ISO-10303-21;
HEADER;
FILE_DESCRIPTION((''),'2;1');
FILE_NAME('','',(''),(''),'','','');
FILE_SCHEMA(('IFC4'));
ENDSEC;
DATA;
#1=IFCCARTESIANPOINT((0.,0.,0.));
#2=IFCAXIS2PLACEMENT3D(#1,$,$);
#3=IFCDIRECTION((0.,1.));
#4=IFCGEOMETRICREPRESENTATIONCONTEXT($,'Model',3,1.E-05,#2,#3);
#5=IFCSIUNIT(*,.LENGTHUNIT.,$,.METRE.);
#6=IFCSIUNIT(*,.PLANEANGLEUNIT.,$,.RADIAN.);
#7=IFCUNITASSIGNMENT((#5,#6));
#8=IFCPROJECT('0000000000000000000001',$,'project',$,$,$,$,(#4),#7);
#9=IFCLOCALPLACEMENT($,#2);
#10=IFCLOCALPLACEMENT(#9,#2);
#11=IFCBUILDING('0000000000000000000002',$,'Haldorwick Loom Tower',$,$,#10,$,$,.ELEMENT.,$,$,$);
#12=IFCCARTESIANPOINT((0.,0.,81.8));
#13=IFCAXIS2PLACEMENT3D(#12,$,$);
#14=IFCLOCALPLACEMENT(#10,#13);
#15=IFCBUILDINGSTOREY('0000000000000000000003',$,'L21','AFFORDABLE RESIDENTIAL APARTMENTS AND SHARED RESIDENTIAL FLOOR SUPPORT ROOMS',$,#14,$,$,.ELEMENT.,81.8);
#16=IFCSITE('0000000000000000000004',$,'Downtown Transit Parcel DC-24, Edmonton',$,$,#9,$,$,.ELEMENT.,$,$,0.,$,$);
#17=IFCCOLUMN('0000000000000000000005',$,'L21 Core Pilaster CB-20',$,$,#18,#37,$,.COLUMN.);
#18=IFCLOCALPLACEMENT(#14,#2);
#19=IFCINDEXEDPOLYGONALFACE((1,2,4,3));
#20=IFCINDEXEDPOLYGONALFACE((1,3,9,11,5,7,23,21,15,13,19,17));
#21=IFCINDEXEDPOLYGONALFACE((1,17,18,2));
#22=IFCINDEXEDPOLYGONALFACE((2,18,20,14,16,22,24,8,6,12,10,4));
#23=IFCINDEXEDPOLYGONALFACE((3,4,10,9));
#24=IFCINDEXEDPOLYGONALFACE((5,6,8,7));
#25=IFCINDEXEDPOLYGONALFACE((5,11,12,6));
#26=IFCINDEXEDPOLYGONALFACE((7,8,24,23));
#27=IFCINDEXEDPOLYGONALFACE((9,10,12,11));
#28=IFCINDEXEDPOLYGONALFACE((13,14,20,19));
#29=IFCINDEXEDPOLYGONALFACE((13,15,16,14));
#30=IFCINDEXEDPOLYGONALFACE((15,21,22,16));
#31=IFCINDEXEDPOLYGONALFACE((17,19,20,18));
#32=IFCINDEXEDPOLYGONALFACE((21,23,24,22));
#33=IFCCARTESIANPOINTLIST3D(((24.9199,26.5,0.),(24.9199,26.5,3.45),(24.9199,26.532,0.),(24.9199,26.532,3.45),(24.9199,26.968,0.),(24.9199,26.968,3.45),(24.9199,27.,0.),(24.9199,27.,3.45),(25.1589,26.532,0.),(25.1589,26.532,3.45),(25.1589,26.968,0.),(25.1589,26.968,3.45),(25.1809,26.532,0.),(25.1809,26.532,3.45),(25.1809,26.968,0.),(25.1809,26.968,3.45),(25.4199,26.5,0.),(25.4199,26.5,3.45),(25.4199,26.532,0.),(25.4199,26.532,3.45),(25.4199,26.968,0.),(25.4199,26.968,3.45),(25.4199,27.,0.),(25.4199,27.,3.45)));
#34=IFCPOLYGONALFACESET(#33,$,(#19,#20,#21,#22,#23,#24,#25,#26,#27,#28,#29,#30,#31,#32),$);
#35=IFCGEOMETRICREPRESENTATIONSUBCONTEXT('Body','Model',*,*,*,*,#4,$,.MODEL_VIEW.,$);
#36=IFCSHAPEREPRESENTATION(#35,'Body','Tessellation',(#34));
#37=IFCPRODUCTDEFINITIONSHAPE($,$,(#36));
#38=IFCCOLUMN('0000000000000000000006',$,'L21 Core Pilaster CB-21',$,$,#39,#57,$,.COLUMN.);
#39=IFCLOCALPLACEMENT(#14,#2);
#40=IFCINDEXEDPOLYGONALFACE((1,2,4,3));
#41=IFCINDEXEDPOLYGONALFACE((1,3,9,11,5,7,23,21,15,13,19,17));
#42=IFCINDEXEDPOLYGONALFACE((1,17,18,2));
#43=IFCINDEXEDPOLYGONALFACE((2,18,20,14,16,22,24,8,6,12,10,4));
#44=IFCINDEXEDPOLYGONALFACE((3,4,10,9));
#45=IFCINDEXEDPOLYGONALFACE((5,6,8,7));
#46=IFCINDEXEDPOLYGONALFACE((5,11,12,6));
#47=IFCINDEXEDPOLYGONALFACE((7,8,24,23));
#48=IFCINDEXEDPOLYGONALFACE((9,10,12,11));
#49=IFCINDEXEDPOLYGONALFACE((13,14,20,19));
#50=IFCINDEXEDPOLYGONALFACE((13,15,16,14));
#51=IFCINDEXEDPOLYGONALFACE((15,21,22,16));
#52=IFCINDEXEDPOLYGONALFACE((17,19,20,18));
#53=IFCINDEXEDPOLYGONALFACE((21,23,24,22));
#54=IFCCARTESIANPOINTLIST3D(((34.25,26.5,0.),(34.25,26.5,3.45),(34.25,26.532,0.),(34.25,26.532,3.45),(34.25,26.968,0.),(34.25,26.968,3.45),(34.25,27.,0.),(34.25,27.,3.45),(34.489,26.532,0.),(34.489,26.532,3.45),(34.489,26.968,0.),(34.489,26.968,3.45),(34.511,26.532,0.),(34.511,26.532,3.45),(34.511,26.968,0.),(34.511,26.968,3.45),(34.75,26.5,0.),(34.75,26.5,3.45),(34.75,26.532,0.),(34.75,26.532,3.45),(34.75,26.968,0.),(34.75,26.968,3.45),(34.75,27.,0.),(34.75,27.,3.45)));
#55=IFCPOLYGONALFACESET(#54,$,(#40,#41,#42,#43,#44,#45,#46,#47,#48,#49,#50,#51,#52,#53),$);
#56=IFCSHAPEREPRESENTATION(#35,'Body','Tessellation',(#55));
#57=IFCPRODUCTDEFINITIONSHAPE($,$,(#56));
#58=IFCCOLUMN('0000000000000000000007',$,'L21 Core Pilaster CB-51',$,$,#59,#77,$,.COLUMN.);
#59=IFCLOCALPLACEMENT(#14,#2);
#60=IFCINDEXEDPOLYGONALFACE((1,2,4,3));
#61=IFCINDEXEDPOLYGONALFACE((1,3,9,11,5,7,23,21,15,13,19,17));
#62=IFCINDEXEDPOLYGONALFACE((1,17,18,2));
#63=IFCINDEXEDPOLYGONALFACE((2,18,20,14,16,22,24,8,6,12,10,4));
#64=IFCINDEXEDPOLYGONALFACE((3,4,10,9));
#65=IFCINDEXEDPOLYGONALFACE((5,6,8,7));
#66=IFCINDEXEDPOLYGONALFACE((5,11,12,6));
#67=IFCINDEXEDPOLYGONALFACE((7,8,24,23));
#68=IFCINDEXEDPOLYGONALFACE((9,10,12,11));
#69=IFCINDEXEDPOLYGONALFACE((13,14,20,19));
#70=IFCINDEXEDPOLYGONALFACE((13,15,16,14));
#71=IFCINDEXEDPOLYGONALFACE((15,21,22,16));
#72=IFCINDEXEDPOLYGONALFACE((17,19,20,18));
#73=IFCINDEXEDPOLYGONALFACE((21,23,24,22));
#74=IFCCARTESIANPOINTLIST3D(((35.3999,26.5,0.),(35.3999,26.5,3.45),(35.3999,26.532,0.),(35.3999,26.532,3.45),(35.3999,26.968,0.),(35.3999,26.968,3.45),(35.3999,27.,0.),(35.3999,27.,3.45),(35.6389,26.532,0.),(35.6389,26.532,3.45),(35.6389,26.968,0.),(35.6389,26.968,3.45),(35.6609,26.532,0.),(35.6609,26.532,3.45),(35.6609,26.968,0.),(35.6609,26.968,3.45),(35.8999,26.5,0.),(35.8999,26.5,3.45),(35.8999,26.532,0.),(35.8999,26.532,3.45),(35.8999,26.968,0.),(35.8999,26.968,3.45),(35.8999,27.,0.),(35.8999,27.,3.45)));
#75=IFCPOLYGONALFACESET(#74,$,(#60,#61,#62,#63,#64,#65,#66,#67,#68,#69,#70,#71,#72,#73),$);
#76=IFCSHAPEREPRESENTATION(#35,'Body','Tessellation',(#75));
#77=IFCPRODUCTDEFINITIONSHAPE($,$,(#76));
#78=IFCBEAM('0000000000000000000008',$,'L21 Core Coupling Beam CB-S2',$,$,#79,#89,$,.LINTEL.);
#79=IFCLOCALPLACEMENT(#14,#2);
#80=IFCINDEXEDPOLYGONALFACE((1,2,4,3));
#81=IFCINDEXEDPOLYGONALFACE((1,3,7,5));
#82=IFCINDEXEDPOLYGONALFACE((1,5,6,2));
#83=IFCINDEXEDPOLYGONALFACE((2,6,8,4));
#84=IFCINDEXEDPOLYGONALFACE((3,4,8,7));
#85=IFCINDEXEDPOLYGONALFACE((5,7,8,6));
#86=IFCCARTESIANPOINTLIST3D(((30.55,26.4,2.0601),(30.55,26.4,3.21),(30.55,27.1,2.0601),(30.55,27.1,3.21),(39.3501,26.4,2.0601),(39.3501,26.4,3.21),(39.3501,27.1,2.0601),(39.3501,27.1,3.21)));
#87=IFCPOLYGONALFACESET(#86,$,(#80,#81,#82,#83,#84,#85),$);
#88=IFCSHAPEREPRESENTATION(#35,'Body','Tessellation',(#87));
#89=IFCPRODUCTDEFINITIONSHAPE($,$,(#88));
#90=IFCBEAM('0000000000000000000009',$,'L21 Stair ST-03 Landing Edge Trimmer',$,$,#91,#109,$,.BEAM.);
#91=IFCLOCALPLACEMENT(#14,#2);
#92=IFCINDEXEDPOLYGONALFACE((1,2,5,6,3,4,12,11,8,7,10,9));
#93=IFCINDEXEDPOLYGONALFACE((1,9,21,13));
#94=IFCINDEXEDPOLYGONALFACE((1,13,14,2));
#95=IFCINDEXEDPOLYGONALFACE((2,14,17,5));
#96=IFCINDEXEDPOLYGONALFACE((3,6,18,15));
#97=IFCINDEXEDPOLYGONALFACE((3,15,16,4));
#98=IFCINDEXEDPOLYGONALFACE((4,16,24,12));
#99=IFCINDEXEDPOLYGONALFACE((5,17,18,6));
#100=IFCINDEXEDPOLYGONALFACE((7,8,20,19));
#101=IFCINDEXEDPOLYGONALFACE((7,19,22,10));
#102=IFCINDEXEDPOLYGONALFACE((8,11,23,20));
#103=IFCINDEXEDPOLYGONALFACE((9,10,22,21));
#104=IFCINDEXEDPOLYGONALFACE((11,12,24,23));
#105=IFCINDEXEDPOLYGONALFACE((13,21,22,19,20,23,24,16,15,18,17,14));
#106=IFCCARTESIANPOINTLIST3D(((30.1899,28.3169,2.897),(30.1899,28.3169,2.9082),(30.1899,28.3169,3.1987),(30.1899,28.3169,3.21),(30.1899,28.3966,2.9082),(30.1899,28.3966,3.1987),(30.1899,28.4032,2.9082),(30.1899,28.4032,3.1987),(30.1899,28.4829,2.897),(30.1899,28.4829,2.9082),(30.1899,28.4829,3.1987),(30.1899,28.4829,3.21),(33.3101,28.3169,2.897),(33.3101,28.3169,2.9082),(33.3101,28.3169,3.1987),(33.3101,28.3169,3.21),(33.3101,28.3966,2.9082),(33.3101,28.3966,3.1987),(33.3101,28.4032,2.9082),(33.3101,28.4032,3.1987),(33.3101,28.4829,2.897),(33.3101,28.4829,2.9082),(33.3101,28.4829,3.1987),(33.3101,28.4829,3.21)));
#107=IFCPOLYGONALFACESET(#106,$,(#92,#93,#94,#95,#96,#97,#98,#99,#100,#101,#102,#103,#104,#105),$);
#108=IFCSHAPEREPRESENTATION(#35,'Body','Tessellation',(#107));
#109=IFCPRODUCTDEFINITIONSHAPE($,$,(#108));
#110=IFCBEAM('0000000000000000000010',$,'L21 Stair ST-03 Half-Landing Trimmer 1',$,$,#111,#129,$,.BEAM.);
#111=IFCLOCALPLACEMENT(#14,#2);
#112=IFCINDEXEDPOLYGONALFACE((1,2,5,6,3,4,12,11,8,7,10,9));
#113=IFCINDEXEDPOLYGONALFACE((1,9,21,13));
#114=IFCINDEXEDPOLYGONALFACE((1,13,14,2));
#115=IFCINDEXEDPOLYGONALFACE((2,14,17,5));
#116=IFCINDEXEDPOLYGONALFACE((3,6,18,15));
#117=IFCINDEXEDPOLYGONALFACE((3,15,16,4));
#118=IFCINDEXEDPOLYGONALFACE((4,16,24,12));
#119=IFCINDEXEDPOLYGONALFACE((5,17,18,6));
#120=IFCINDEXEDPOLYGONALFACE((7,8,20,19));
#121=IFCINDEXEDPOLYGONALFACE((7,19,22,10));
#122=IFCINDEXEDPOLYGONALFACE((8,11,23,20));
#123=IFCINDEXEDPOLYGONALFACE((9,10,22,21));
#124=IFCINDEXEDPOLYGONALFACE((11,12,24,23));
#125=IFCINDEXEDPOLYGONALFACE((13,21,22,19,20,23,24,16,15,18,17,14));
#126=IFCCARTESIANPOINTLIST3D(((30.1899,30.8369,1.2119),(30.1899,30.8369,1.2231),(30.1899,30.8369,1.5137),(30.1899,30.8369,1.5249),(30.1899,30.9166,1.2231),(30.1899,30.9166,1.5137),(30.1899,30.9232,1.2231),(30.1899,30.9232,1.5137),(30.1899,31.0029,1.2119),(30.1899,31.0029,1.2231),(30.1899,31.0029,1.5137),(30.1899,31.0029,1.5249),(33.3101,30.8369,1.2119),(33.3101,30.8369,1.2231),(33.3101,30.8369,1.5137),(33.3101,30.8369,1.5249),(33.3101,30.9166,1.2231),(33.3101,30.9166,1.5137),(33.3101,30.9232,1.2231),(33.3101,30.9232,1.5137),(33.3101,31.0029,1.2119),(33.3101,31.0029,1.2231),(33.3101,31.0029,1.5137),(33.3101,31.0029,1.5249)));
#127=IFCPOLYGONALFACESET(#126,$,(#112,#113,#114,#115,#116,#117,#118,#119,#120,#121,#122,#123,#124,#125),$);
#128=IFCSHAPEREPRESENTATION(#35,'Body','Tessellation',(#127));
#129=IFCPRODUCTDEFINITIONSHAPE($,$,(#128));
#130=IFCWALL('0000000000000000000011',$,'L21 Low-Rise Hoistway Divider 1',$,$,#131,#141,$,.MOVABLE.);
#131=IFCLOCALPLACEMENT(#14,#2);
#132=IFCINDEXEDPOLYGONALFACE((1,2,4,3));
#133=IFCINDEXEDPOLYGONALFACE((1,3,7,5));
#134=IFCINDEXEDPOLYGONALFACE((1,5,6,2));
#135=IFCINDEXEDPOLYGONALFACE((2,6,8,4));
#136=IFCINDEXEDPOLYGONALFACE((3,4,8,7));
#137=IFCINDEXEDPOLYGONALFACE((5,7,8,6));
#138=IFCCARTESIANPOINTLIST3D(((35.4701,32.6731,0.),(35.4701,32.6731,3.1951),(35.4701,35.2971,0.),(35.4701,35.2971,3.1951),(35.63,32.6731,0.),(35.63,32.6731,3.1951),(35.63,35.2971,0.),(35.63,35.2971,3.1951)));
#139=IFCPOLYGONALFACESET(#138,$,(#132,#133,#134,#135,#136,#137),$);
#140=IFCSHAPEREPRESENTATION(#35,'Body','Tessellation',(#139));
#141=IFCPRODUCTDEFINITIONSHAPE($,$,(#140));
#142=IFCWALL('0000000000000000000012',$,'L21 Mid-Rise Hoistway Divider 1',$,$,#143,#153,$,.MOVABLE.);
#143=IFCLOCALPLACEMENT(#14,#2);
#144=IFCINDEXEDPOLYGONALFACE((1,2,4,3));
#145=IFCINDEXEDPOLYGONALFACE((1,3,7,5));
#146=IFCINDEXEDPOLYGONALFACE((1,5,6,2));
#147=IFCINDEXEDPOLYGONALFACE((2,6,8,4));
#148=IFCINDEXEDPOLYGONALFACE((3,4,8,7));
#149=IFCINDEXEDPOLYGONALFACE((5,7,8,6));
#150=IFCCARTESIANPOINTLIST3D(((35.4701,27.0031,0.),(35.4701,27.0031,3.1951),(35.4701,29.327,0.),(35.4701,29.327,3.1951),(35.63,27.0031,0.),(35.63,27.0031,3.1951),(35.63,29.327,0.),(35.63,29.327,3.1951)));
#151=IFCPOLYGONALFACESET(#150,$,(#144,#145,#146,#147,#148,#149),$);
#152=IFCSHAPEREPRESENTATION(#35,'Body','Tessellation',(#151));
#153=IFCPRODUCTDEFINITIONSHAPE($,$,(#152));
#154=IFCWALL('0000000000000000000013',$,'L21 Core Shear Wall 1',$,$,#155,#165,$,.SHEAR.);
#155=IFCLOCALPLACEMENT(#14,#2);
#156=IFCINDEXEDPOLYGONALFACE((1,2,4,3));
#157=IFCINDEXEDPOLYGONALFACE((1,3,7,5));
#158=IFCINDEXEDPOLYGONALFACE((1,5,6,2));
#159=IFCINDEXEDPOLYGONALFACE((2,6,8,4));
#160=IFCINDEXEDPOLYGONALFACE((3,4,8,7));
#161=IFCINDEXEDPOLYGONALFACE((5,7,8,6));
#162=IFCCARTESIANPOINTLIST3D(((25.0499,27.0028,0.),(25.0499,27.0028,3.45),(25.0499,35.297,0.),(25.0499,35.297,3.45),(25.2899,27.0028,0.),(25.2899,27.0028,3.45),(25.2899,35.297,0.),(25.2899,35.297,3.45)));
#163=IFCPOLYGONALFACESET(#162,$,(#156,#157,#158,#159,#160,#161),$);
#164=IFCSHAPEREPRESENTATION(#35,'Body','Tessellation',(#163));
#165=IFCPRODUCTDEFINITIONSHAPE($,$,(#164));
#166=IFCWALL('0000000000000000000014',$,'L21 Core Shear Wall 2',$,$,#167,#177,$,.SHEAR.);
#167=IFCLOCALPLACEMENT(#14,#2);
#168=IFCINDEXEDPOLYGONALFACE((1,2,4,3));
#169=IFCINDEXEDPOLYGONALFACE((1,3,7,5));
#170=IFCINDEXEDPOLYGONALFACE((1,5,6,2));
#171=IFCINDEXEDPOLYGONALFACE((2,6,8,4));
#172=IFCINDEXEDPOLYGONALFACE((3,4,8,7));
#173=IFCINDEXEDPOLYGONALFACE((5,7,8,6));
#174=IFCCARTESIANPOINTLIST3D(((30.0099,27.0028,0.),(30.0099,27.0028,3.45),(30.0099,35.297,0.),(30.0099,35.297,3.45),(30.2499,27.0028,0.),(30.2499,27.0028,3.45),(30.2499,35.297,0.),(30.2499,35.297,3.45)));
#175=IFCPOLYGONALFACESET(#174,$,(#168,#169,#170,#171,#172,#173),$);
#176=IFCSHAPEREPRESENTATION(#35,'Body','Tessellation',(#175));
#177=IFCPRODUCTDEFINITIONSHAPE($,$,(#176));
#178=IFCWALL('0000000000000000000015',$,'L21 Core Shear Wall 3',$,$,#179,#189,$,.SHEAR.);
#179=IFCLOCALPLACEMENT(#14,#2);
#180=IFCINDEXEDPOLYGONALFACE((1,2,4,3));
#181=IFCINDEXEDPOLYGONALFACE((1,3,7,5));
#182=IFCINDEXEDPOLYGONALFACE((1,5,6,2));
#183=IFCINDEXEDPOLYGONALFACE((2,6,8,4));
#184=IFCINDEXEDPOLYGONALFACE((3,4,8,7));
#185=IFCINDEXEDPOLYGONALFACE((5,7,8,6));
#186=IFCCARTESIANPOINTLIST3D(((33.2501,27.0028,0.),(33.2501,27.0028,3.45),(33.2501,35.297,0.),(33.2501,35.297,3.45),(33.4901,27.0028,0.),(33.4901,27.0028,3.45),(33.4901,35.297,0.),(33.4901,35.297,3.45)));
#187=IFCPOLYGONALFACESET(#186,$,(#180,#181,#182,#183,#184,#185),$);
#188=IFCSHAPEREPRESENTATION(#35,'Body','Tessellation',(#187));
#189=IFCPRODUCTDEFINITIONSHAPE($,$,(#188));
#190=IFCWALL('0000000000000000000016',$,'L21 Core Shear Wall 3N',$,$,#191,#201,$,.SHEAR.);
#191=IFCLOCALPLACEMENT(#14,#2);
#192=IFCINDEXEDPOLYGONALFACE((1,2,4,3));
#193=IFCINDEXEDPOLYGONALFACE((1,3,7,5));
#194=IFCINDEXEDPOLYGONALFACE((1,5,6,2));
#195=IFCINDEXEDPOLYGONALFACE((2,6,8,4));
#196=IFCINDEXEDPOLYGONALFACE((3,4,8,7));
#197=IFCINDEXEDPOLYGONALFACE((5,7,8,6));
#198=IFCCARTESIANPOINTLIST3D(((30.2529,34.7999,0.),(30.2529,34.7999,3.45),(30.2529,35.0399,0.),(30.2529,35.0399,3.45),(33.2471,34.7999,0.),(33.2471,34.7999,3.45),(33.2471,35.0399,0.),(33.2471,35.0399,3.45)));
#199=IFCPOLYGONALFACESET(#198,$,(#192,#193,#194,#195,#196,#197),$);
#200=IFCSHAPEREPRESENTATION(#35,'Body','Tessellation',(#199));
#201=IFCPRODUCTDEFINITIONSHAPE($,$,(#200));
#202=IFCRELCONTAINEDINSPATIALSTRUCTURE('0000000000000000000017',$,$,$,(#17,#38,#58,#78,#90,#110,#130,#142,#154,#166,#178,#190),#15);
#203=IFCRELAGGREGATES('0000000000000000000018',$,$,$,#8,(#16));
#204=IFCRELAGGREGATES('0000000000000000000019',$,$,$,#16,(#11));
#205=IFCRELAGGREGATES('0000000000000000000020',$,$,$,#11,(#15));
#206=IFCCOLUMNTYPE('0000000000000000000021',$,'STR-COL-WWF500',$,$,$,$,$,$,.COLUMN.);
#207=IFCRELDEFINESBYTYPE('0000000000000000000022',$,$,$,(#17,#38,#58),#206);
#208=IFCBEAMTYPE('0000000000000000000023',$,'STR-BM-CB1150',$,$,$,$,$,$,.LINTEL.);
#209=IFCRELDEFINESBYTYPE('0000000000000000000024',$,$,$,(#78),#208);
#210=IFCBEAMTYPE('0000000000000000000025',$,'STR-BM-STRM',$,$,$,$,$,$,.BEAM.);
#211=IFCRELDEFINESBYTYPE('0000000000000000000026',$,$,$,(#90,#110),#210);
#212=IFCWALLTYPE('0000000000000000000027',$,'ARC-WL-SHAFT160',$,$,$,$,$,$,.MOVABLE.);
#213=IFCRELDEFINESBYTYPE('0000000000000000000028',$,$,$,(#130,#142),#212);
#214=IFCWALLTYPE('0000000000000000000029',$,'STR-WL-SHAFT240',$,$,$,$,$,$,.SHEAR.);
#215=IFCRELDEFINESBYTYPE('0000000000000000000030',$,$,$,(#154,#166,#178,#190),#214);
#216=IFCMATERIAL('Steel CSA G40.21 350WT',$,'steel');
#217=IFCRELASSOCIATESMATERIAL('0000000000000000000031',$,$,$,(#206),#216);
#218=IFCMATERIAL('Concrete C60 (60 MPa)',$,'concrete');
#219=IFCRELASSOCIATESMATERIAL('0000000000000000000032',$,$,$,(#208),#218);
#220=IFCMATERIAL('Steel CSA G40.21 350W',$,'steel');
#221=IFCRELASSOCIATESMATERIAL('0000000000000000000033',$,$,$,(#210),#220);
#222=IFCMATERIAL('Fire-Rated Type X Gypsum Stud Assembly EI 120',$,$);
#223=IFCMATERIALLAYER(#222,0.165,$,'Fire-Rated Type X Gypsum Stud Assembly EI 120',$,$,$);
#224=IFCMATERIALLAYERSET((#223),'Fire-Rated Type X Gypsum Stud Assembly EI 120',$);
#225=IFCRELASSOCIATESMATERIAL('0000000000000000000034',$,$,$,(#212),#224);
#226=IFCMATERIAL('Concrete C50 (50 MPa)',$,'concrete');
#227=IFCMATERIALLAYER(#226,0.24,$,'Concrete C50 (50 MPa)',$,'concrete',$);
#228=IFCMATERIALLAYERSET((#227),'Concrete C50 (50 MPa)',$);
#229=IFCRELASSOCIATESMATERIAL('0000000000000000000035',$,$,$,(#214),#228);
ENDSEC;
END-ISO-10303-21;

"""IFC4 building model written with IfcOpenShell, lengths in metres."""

from ifc_helpers import new_model, si_unit, direction, frame, frame_2d, origin, origin_2d, place, context, subcontext, project, spatial, rectangle, i_section, extrude, material, layer, layer_set, material_profile, profile_set, type_object, element, save


model = new_model("IFC4")

# Units and contexts
model_context = context("Model", 3, precision=1e-05, world=origin(), true_north=direction((0.0, 1.0)))
body_context = subcontext(model_context, "Body", "Model", "MODEL_VIEW")
ifc_project = project(units=[si_unit("LENGTHUNIT", "METRE"), si_unit("PLANEANGLEUNIT", "RADIAN")], contexts=[model_context])

# Site, building, storey
site_placement = place(None, origin())
site = spatial("IfcSite", under=ifc_project, at=site_placement, Name="Downtown Transit Parcel DC-24, Edmonton", CompositionType="ELEMENT", RefElevation=0.0)
building_placement = place(site_placement, origin())
building = spatial("IfcBuilding", under=site, at=building_placement, Name="Haldorwick Loom Tower", CompositionType="ELEMENT")
storey_placement = place(building_placement, frame((0.0, 0.0, 81.8)))
storey = spatial("IfcBuildingStorey", under=building, at=storey_placement, Name="L21", Description="AFFORDABLE RESIDENTIAL APARTMENTS AND SHARED RESIDENTIAL FLOOR SUPPORT ROOMS", CompositionType="ELEMENT", Elevation=81.8)

# Columns
ifc_material_1 = material(Name="Steel CSA G40.21 350WT", Category="steel")
ifc_material_profile_1 = material_profile(ifc_material_1, i_section(OverallWidth=0.5, OverallDepth=0.5, WebThickness=0.022, FlangeThickness=0.032, at=origin_2d()), Name="WWF500X500", Category="steel")
ifc_profile_set_1 = profile_set([ifc_material_profile_1], Name="Steel CSA G40.21 350WT")
column_type = type_object("IfcColumnType", Name="STR-COL-WWF500", PredefinedType="COLUMN", material=ifc_profile_set_1)
for number, where, z_axis, x_axis, name in (
    (1, (25.1699, 26.75, 0.0), (0.0, 0.0, 1.0), (1.0, 0.0, 0.0), "L21 Core Pilaster CB-20"),
    (2, (34.5, 26.75, 0.0), (0.0, 0.0, 1.0), (1.0, 0.0, 0.0), "L21 Core Pilaster CB-21"),
    (3, (35.6499, 26.75, 0.0), (0.0, 0.0, 1.0), (1.0, 0.0, 0.0), "L21 Core Pilaster CB-51"),
):
    element("IfcColumn", number, at=place(storey_placement, frame(where, z_axis=z_axis, x_axis=x_axis)), inside=storey, type_object=column_type, Name=name, PredefinedType="COLUMN", context=body_context, shape_type="SweptSolid", body=[
        extrude(i_section(OverallWidth=0.5, OverallDepth=0.5, WebThickness=0.022, FlangeThickness=0.032, at=origin_2d()), origin(), (0.0, 0.0, 1.0), 3.45),
    ])

# Beams
ifc_material_2 = material(Name="Concrete C60 (60 MPa)", Category="concrete")
ifc_material_profile_2 = material_profile(ifc_material_2, rectangle(XDim=0.7, YDim=1.1499, at=origin_2d()), Name="RC700X1150", Category="concrete")
ifc_profile_set_2 = profile_set([ifc_material_profile_2], Name="Concrete C60 (60 MPa)")
beam_type_1 = type_object("IfcBeamType", Name="STR-BM-CB1150", PredefinedType="LINTEL", material=ifc_profile_set_2)
beam_placement = place(storey_placement, frame((30.55, 26.75, 2.635), z_axis=(1.0, 0.0, 0.0), x_axis=(0.0, 1.0, 0.0)))
element("IfcBeam", 4, at=beam_placement, inside=storey, type_object=beam_type_1, Name="L21 Core Coupling Beam CB-S2", PredefinedType="LINTEL", context=body_context, shape_type="SweptSolid", body=[
    extrude(rectangle(XDim=0.7, YDim=1.1499, at=origin_2d()), origin(), (0.0, 0.0, 1.0), 8.8),
])
ifc_material_3 = material(Name="Steel CSA G40.21 350W", Category="steel")
ifc_material_profile_3 = material_profile(ifc_material_3, i_section(OverallWidth=0.166, OverallDepth=0.313, WebThickness=0.0066, FlangeThickness=0.0112, at=origin_2d()), Name="W310X45", Category="steel")
ifc_profile_set_3 = profile_set([ifc_material_profile_3], Name="Steel CSA G40.21 350W")
beam_type_2 = type_object("IfcBeamType", Name="STR-BM-STRM", PredefinedType="BEAM", material=ifc_profile_set_3)
for number, where, z_axis, x_axis, name in (
    (5, (30.1899, 28.3999, 3.0535), (1.0, 0.0, 0.0), (0.0, 1.0, 0.0), "L21 Stair ST-03 Landing Edge Trimmer"),
    (6, (30.1899, 30.9199, 1.3684), (1.0, 0.0, 0.0), (0.0, 1.0, 0.0), "L21 Stair ST-03 Half-Landing Trimmer 1"),
):
    element("IfcBeam", number, at=place(storey_placement, frame(where, z_axis=z_axis, x_axis=x_axis)), inside=storey, type_object=beam_type_2, Name=name, PredefinedType="BEAM", context=body_context, shape_type="SweptSolid", body=[
        extrude(i_section(OverallWidth=0.166, OverallDepth=0.313, WebThickness=0.0066, FlangeThickness=0.0112, at=origin_2d()), origin(), (0.0, 0.0, 1.0), 3.1201),
    ])

# Walls
ifc_material_4 = material(Name="Fire-Rated Type X Gypsum Stud Assembly EI 120")
ifc_layer_1 = layer(ifc_material_4, 0.165, Name="Fire-Rated Type X Gypsum Stud Assembly EI 120")
ifc_layer_set_1 = layer_set([ifc_layer_1], Name="Fire-Rated Type X Gypsum Stud Assembly EI 120")
wall_type_1 = type_object("IfcWallType", Name="ARC-WL-SHAFT160", PredefinedType="MOVABLE", material=ifc_layer_set_1)
wall_1_placement = place(storey_placement, frame((35.55, 32.6731, 0.0), z_axis=(0.0, 0.0, 1.0), x_axis=(0.0, 1.0, 0.0)))
element("IfcWall", 7, at=wall_1_placement, inside=storey, type_object=wall_type_1, Name="L21 Low-Rise Hoistway Divider 1", PredefinedType="MOVABLE", context=body_context, shape_type="SweptSolid", body=[
    extrude(rectangle(XDim=2.624, YDim=0.1599, at=frame_2d((1.312, 0.0))), origin(), (0.0, 0.0, 1.0), 3.1951),
])
wall_2_placement = place(storey_placement, frame((35.55, 27.0029, 0.0), z_axis=(0.0, 0.0, 1.0), x_axis=(0.0, 1.0, 0.0)))
element("IfcWall", 8, at=wall_2_placement, inside=storey, type_object=wall_type_1, Name="L21 Mid-Rise Hoistway Divider 1", PredefinedType="MOVABLE", context=body_context, shape_type="SweptSolid", body=[
    extrude(rectangle(XDim=2.324, YDim=0.1599, at=frame_2d((1.1621, 0.0))), origin(), (0.0, 0.0, 1.0), 3.1951),
])
ifc_material_5 = material(Name="Concrete C50 (50 MPa)", Category="concrete")
ifc_layer_2 = layer(ifc_material_5, 0.24, Name="Concrete C50 (50 MPa)", Category="concrete")
ifc_layer_set_2 = layer_set([ifc_layer_2], Name="Concrete C50 (50 MPa)")
wall_type_2 = type_object("IfcWallType", Name="STR-WL-SHAFT240", PredefinedType="SHEAR", material=ifc_layer_set_2)
for number, where, z_axis, x_axis, name in (
    (9, (25.1699, 27.0029, 0.0), (0.0, 0.0, 1.0), (0.0, 1.0, 0.0), "L21 Core Shear Wall 1"),
    (10, (30.1299, 27.0029, 0.0), (0.0, 0.0, 1.0), (0.0, 1.0, 0.0), "L21 Core Shear Wall 2"),
    (11, (33.3701, 27.0029, 0.0), (0.0, 0.0, 1.0), (0.0, 1.0, 0.0), "L21 Core Shear Wall 3"),
):
    element("IfcWall", number, at=place(storey_placement, frame(where, z_axis=z_axis, x_axis=x_axis)), inside=storey, type_object=wall_type_2, Name=name, PredefinedType="SHEAR", context=body_context, shape_type="SweptSolid", body=[
        extrude(rectangle(XDim=8.2942, YDim=0.24, at=frame_2d((4.147, 0.0))), origin(), (0.0, 0.0, 1.0), 3.45),
    ])
wall_3_placement = place(storey_placement, frame((30.2529, 34.9199, 0.0), z_axis=(0.0, 0.0, 1.0), x_axis=(1.0, 0.0, 0.0)))
element("IfcWall", 12, at=wall_3_placement, inside=storey, type_object=wall_type_2, Name="L21 Core Shear Wall 3N", PredefinedType="SHEAR", context=body_context, shape_type="SweptSolid", body=[
    extrude(rectangle(XDim=2.9941, YDim=0.24, at=frame_2d((1.4971, 0.0))), origin(), (0.0, 0.0, 1.0), 3.45),
])

save(model, "model.ifc")
